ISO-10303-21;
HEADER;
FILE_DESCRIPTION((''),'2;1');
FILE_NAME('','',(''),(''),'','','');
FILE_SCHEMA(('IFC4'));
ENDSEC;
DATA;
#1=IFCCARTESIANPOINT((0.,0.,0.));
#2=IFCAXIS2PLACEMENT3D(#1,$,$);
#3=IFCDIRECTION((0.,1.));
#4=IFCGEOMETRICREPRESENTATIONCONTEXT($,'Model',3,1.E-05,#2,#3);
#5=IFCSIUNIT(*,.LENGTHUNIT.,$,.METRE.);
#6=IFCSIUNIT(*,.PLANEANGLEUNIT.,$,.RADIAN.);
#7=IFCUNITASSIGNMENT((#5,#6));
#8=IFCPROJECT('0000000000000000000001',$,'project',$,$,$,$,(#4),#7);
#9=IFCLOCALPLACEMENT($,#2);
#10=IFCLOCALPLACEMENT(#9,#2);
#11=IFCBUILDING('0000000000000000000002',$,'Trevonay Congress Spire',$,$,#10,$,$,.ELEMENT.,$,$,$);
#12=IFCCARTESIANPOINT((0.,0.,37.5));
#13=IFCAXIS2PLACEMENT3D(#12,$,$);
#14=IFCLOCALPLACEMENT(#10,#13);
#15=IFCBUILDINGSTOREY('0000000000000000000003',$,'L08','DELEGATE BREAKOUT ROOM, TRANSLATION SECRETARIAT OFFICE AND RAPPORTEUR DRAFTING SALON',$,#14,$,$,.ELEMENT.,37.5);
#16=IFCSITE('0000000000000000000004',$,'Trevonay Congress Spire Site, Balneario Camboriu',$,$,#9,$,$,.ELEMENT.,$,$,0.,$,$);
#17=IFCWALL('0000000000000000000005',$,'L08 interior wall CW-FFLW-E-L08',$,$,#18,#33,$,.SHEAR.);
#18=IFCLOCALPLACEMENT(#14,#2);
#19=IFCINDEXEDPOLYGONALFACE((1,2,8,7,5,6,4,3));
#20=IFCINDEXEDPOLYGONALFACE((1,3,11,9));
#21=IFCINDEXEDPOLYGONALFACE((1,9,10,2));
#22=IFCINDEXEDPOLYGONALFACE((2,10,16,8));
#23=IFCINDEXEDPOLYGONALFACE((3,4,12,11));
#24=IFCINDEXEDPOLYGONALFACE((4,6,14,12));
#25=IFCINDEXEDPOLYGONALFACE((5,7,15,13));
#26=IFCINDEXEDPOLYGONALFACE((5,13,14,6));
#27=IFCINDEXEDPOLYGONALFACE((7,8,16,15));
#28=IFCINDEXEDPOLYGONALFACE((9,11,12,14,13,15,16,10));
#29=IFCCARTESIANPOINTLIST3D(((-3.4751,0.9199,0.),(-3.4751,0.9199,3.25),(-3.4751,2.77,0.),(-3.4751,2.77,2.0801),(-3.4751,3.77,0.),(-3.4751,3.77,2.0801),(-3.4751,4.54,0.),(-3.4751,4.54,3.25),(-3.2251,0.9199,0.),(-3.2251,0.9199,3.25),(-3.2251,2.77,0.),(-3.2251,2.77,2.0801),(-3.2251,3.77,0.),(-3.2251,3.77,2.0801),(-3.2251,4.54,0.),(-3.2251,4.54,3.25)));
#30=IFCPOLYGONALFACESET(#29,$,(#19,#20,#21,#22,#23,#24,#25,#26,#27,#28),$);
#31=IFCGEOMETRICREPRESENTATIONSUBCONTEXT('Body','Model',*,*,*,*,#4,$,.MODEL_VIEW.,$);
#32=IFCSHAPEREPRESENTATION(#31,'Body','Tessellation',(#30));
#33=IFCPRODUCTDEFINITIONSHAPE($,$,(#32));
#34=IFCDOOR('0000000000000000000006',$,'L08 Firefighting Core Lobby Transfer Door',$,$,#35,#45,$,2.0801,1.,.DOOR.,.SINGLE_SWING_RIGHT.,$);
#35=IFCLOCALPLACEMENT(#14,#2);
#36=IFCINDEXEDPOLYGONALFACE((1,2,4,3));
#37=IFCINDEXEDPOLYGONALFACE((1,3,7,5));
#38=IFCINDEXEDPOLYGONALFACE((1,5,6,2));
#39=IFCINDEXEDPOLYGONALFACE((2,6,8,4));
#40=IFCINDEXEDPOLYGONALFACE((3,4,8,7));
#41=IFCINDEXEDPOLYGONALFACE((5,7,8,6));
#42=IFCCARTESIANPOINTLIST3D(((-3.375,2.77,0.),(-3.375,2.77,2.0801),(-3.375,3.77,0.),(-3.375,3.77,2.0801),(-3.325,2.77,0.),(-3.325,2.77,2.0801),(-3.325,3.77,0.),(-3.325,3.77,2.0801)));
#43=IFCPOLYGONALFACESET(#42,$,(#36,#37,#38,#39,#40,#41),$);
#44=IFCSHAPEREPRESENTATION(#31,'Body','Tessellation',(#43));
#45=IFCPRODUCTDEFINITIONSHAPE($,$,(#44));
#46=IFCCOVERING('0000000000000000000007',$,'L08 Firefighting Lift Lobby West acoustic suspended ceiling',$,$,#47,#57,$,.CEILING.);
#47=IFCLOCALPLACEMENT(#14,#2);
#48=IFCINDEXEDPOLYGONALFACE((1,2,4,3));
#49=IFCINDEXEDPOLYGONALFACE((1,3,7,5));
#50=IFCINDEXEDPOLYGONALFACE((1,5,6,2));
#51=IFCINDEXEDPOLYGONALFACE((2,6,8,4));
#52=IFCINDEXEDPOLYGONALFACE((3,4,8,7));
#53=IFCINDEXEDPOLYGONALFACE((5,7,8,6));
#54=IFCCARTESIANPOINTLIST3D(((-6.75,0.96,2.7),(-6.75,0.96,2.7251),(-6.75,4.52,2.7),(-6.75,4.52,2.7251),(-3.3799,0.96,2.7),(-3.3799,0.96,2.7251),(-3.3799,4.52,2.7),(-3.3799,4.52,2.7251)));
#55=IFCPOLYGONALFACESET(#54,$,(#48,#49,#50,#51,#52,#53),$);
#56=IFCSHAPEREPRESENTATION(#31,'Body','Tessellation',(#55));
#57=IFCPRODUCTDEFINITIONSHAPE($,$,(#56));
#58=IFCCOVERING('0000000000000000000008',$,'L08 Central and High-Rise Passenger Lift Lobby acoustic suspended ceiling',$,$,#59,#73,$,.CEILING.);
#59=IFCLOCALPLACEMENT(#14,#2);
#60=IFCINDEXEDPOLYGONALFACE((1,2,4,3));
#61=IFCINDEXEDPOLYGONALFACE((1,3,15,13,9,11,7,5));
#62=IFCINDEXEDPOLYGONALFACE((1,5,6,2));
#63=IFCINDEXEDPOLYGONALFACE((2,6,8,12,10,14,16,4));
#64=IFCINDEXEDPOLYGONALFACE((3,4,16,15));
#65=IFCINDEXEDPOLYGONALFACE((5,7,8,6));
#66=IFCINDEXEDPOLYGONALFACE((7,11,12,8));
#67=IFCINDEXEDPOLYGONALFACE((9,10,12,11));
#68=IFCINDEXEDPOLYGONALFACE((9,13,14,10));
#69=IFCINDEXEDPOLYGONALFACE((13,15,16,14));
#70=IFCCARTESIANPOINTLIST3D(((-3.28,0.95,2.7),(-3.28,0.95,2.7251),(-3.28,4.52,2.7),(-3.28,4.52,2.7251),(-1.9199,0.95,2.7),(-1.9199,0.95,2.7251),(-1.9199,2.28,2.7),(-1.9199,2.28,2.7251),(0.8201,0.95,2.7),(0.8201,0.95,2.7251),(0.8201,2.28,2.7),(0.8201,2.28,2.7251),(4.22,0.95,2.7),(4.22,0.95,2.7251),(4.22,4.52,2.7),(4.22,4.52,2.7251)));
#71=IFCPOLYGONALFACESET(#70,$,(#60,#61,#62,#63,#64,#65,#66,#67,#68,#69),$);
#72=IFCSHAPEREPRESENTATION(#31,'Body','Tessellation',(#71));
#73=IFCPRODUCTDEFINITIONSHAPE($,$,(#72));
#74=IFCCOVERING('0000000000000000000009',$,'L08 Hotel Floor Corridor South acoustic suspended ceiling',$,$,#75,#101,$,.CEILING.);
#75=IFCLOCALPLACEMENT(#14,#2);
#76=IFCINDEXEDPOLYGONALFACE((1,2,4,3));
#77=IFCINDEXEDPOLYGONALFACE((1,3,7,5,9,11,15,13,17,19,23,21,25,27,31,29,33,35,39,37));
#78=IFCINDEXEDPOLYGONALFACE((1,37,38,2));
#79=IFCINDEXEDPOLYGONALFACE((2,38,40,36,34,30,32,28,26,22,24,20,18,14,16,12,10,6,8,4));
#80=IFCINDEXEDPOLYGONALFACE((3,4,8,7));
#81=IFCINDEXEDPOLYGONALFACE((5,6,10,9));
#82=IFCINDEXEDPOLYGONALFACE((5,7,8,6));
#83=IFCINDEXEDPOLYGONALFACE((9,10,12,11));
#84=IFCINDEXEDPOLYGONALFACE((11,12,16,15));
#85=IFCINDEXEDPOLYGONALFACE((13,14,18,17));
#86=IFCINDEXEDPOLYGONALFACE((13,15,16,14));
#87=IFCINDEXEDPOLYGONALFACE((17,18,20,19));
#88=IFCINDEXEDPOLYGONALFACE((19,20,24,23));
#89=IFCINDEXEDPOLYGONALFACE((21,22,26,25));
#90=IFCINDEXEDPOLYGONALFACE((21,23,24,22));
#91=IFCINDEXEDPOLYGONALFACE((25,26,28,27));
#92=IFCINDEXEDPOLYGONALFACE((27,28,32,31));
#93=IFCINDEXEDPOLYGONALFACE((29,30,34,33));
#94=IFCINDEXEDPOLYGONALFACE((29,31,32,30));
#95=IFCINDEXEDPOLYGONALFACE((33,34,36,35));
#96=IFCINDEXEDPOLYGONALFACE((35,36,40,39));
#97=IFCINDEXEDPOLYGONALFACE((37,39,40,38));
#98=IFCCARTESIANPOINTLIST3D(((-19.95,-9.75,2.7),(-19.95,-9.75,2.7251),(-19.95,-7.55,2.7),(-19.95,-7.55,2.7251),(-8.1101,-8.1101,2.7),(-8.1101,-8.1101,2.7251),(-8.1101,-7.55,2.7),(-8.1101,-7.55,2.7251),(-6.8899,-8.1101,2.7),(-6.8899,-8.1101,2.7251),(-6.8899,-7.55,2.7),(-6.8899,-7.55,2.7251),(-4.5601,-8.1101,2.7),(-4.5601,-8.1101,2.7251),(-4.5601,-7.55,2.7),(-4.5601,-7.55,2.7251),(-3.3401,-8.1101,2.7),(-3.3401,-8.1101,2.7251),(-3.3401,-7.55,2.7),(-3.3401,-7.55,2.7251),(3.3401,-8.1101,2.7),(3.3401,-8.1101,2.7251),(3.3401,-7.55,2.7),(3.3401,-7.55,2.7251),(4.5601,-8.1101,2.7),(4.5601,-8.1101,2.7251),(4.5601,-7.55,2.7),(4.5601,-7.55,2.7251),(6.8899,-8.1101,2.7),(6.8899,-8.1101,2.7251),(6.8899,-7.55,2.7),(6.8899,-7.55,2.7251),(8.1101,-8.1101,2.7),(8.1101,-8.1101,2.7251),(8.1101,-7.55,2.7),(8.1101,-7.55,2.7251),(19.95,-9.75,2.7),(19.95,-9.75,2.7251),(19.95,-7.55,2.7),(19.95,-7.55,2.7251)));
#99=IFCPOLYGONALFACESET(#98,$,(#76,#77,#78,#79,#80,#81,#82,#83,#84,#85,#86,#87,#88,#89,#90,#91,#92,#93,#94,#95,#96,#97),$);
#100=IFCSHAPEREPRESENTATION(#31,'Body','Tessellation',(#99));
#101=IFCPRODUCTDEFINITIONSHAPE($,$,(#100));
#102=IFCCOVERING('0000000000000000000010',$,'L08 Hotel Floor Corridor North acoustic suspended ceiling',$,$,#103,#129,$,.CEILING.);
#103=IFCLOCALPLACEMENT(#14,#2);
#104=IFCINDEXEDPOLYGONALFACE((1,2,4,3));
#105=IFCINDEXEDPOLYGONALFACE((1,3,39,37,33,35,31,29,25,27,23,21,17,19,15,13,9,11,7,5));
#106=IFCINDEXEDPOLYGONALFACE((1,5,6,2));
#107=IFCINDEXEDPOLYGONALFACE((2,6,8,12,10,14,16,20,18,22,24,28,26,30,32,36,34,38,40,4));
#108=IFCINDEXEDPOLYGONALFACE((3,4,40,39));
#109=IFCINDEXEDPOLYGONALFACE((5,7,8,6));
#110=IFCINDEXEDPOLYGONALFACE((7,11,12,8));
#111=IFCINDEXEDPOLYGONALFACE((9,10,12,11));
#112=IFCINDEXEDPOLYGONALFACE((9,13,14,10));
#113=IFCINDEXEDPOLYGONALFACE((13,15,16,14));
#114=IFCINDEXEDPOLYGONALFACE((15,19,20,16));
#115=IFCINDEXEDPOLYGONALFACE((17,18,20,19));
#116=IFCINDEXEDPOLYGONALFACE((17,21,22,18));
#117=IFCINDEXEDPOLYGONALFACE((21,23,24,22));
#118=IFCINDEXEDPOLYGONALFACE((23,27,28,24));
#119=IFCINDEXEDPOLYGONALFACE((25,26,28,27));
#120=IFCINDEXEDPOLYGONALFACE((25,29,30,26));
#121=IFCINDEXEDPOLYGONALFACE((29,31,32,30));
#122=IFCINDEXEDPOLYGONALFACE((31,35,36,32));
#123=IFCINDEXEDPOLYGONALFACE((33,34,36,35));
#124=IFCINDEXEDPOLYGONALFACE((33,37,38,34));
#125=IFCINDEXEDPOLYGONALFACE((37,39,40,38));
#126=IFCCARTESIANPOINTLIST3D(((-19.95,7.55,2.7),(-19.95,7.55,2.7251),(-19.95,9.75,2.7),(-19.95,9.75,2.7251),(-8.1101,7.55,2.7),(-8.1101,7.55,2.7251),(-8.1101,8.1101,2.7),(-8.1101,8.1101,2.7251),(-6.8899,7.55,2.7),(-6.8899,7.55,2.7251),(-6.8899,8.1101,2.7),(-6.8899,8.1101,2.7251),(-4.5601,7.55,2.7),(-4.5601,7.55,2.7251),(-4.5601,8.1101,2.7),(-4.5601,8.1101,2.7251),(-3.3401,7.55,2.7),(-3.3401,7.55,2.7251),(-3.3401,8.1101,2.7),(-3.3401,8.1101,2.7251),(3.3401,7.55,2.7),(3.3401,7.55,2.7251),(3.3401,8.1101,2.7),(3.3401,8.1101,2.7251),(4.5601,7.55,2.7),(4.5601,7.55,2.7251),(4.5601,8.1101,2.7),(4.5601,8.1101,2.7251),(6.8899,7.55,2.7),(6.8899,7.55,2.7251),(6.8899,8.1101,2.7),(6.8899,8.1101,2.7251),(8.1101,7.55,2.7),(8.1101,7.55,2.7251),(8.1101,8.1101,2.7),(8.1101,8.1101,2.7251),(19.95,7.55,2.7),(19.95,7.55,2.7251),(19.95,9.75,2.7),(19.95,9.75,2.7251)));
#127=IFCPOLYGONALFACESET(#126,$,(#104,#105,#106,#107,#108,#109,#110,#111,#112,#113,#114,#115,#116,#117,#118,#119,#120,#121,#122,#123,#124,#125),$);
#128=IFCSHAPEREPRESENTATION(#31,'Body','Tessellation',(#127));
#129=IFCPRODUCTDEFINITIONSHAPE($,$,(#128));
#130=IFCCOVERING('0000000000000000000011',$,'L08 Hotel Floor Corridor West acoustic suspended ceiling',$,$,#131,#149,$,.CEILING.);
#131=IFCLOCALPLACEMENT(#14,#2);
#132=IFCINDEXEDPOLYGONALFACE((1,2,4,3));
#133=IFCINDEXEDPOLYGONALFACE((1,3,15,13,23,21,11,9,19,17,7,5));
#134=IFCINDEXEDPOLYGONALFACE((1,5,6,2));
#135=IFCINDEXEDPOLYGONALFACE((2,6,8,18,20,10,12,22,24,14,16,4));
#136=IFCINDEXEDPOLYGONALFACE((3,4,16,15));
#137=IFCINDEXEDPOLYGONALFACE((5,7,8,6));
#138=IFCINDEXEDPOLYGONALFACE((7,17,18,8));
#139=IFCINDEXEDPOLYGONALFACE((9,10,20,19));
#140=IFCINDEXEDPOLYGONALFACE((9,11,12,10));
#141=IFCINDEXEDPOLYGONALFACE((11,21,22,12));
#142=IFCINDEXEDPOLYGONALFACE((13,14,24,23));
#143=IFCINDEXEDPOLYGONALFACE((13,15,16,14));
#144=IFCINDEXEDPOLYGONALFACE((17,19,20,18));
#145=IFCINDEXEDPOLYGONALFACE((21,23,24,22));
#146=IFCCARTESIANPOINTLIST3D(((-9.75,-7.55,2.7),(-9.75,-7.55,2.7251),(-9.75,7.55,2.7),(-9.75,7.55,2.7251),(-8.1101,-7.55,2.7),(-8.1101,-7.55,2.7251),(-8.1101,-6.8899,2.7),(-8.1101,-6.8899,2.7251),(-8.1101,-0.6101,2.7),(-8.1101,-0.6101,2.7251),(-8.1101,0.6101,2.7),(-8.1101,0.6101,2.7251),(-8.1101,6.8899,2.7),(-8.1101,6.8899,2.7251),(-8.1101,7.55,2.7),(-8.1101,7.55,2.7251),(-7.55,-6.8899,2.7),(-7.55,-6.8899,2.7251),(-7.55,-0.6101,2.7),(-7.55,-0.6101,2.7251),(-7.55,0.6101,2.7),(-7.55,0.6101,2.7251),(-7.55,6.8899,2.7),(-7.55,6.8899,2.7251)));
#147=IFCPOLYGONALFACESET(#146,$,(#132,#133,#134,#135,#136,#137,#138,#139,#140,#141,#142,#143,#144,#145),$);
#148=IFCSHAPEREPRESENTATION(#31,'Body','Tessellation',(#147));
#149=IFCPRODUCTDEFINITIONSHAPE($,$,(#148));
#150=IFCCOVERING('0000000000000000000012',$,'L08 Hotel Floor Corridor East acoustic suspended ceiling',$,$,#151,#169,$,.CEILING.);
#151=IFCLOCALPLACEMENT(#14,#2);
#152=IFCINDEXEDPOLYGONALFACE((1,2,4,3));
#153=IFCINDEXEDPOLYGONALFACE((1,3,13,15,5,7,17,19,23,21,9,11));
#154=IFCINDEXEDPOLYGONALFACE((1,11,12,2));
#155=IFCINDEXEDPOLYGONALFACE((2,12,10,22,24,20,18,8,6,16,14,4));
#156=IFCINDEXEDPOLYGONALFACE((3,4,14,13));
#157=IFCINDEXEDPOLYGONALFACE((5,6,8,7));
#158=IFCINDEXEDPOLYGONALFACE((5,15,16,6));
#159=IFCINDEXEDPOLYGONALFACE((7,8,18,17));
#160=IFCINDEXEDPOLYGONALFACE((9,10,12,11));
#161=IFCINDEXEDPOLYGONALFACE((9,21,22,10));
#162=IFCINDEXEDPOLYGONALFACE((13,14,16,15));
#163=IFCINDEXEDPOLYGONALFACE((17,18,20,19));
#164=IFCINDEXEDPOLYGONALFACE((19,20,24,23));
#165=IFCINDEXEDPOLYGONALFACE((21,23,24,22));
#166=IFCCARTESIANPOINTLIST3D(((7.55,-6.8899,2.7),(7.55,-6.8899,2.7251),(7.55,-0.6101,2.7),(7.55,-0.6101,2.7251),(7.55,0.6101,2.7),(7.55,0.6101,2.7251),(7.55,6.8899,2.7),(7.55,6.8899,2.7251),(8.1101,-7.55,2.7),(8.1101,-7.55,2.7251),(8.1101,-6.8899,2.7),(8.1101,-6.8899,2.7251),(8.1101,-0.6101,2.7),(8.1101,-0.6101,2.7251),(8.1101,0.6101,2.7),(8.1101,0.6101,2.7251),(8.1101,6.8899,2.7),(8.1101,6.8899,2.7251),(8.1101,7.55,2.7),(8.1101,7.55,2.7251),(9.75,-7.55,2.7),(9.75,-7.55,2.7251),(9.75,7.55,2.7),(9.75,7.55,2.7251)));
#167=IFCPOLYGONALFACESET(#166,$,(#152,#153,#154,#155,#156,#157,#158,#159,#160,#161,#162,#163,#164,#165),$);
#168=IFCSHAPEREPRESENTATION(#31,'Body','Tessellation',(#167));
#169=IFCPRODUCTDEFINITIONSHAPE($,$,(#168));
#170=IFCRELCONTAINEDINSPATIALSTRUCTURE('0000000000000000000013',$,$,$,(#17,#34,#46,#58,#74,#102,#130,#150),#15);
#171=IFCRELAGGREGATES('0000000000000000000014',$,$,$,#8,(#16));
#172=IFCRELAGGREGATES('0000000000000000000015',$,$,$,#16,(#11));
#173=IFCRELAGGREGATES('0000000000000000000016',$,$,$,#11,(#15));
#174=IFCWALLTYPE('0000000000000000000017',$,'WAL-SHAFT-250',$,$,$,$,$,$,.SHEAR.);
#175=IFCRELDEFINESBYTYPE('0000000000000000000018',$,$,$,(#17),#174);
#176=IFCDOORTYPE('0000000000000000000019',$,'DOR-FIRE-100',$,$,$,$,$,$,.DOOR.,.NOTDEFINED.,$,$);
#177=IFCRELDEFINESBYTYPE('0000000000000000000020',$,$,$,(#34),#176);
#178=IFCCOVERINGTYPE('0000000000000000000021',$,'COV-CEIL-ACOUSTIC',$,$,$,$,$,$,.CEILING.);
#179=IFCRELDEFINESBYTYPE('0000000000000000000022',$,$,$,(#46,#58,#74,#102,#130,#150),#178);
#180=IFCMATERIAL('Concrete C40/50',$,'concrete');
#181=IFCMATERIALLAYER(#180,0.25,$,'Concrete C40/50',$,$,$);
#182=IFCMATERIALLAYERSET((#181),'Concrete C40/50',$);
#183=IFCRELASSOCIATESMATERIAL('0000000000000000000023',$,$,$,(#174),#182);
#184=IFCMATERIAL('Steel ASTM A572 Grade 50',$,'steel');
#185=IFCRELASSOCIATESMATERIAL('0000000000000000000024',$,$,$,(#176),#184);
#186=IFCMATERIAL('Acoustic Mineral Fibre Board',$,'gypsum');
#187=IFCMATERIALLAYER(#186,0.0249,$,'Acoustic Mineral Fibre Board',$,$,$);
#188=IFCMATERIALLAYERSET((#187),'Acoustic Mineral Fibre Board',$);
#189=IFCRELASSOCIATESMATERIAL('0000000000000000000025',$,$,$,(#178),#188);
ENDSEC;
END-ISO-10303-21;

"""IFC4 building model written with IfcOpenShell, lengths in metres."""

from ifc_helpers import new_model, si_unit, direction, frame, frame_2d, origin, place, context, subcontext, project, spatial, polyline, rectangle, outline, extrude, material, layer, layer_set, type_object, element, fill, save


model = new_model("IFC4")

# Units and contexts
model_context = context("Model", 3, precision=1e-05, world=origin(), true_north=direction((0.0, 1.0)))
body_context = subcontext(model_context, "Body", "Model", "MODEL_VIEW")
ifc_project = project(units=[si_unit("LENGTHUNIT", "METRE"), si_unit("PLANEANGLEUNIT", "RADIAN")], contexts=[model_context])

# Site, building, storey
site_placement = place(None, origin())
site = spatial("IfcSite", under=ifc_project, at=site_placement, Name="Trevonay Congress Spire Site, Balneario Camboriu", CompositionType="ELEMENT", RefElevation=0.0)
building_placement = place(site_placement, origin())
building = spatial("IfcBuilding", under=site, at=building_placement, Name="Trevonay Congress Spire", CompositionType="ELEMENT")
storey_placement = place(building_placement, frame((0.0, 0.0, 37.5)))
storey = spatial("IfcBuildingStorey", under=building, at=storey_placement, Name="L08", Description="DELEGATE BREAKOUT ROOM, TRANSLATION SECRETARIAT OFFICE AND RAPPORTEUR DRAFTING SALON", CompositionType="ELEMENT", Elevation=37.5)

# Shared definitions
ifc_material_1 = material(Name="Steel ASTM A572 Grade 50", Category="steel")

# Shared definitions
ifc_material_2 = material(Name="Concrete C40/50", Category="concrete")

# Shared definitions
ifc_layer_1 = layer(ifc_material_2, 0.25, Name="Concrete C40/50")
ifc_layer_set_1 = layer_set([ifc_layer_1], Name="Concrete C40/50")
wall_type_1 = type_object("IfcWallType", Name="WAL-SHAFT-250", PredefinedType="SHEAR", material=ifc_layer_set_1)

# Wall, opening, door
wall_1_placement = place(storey_placement, frame((-3.3501, 0.9199, 0.0), z_axis=(0.0, 0.0, 1.0), x_axis=(0.0, 1.0, 0.0)))
wall_1 = element("IfcWall", 1, at=wall_1_placement, inside=storey, type_object=wall_type_1, Name="L08 interior wall CW-FFLW-E-L08", PredefinedType="SHEAR", context=body_context, shape_type="SweptSolid", body=[
    extrude(rectangle(XDim=3.6201, YDim=0.25, at=frame_2d((1.8101, 0.0))), origin(), (0.0, 0.0, 1.0), 3.25),
])
opening_1_placement = place(wall_1_placement, frame((1.8501, 0.0, 0.0)))
opening_1 = element("IfcOpeningElement", 2, at=opening_1_placement, cuts=wall_1, PredefinedType="OPENING", context=body_context, shape_type="SweptSolid", body=[
    extrude(rectangle(XDim=1.0, YDim=2.0801, at=frame_2d((0.5, 1.04))), frame((0.0, 0.135, 0.0), z_axis=(0.0, -1.0, 0.0), x_axis=(1.0, 0.0, 0.0)), (0.0, 0.0, 1.0), 0.27),
])
door_type_1 = type_object("IfcDoorType", Name="DOR-FIRE-100", OperationType="NOTDEFINED", PredefinedType="DOOR", material=ifc_material_1)
door_1_placement = place(opening_1_placement, origin())
door_1 = element("IfcDoor", 3, at=door_1_placement, inside=storey, type_object=door_type_1, Name="L08 Firefighting Core Lobby Transfer Door", OperationType="SINGLE_SWING_RIGHT", OverallHeight=2.0801, OverallWidth=1.0, PredefinedType="DOOR", context=body_context, shape_type="SweptSolid", body=[
    extrude(rectangle(XDim=1.0, YDim=2.0801, at=frame_2d((0.5, 1.04))), frame((0.0, 0.0249, 0.0), z_axis=(0.0, -1.0, 0.0), x_axis=(1.0, 0.0, 0.0)), (0.0, 0.0, 1.0), 0.05),
])
fill(opening_1, door_1)

# Coverings
ifc_material_3 = material(Name="Acoustic Mineral Fibre Board", Category="gypsum")
ifc_layer_2 = layer(ifc_material_3, 0.0249, Name="Acoustic Mineral Fibre Board")
ifc_layer_set_2 = layer_set([ifc_layer_2], Name="Acoustic Mineral Fibre Board")
covering_type_1 = type_object("IfcCoveringType", Name="COV-CEIL-ACOUSTIC", PredefinedType="CEILING", material=ifc_layer_set_2)
covering_1_placement = place(storey_placement, frame((0.0, 0.0, 2.7)))
element("IfcCovering", 4, at=covering_1_placement, inside=storey, type_object=covering_type_1, Name="L08 Firefighting Lift Lobby West acoustic suspended ceiling", PredefinedType="CEILING", context=body_context, shape_type="SweptSolid", body=[
    extrude(outline(polyline([(-6.75, 0.96), (-3.3799, 0.96), (-3.3799, 4.52), (-6.75, 4.52), (-6.75, 0.96)])), origin(), (0.0, 0.0, 1.0), 0.0251),
])
covering_2_placement = place(storey_placement, frame((0.0, 0.0, 2.7)))
element("IfcCovering", 5, at=covering_2_placement, inside=storey, type_object=covering_type_1, Name="L08 Central and High-Rise Passenger Lift Lobby acoustic suspended ceiling", PredefinedType="CEILING", context=body_context, shape_type="SweptSolid", body=[
    extrude(outline(polyline([(-3.28, 0.95), (-1.9199, 0.95), (-1.9199, 2.28), (0.8201, 2.28), (0.8201, 0.95), (4.22, 0.95), (4.22, 4.52), (-3.28, 4.52), (-3.28, 0.95)])), origin(), (0.0, 0.0, 1.0), 0.0251),
])
covering_3_placement = place(storey_placement, frame((0.0, 0.0, 2.7)))
element("IfcCovering", 6, at=covering_3_placement, inside=storey, type_object=covering_type_1, Name="L08 Hotel Floor Corridor South acoustic suspended ceiling", PredefinedType="CEILING", context=body_context, shape_type="SweptSolid", body=[
    extrude(outline(polyline([(19.95, -7.55), (19.95, -9.75), (-19.95, -9.75), (-19.95, -7.55), (-8.1101, -7.55), (-8.1101, -8.1101), (-6.8899, -8.1101), (-6.8899, -7.55), (-4.5601, -7.55), (-4.5601, -8.1101), (-3.3401, -8.1101), (-3.3401, -7.55), (3.3401, -7.55), (3.3401, -8.1101), (4.5601, -8.1101), (4.5601, -7.55), (6.8899, -7.55), (6.8899, -8.1101), (8.1101, -8.1101), (8.1101, -7.55), (19.95, -7.55)])), origin(), (0.0, 0.0, 1.0), 0.0251),
])
covering_4_placement = place(storey_placement, frame((0.0, 0.0, 2.7)))
element("IfcCovering", 7, at=covering_4_placement, inside=storey, type_object=covering_type_1, Name="L08 Hotel Floor Corridor North acoustic suspended ceiling", PredefinedType="CEILING", context=body_context, shape_type="SweptSolid", body=[
    extrude(outline(polyline([(-19.95, 7.55), (-19.95, 9.75), (19.95, 9.75), (19.95, 7.55), (8.1101, 7.55), (8.1101, 8.1101), (6.8899, 8.1101), (6.8899, 7.55), (4.5601, 7.55), (4.5601, 8.1101), (3.3401, 8.1101), (3.3401, 7.55), (-3.3401, 7.55), (-3.3401, 8.1101), (-4.5601, 8.1101), (-4.5601, 7.55), (-6.8899, 7.55), (-6.8899, 8.1101), (-8.1101, 8.1101), (-8.1101, 7.55), (-19.95, 7.55)])), origin(), (0.0, 0.0, 1.0), 0.0251),
])
covering_5_placement = place(storey_placement, frame((0.0, 0.0, 2.7)))
element("IfcCovering", 8, at=covering_5_placement, inside=storey, type_object=covering_type_1, Name="L08 Hotel Floor Corridor West acoustic suspended ceiling", PredefinedType="CEILING", context=body_context, shape_type="SweptSolid", body=[
    extrude(outline(polyline([(-9.75, 7.55), (-8.1101, 7.55), (-8.1101, 6.8899), (-7.55, 6.8899), (-7.55, 0.6101), (-8.1101, 0.6101), (-8.1101, -0.6101), (-7.55, -0.6101), (-7.55, -6.8899), (-8.1101, -6.8899), (-8.1101, -7.55), (-9.75, -7.55), (-9.75, 7.55)])), origin(), (0.0, 0.0, 1.0), 0.0251),
])
covering_6_placement = place(storey_placement, frame((0.0, 0.0, 2.7)))
element("IfcCovering", 9, at=covering_6_placement, inside=storey, type_object=covering_type_1, Name="L08 Hotel Floor Corridor East acoustic suspended ceiling", PredefinedType="CEILING", context=body_context, shape_type="SweptSolid", body=[
    extrude(outline(polyline([(9.75, -7.55), (8.1101, -7.55), (8.1101, -6.8899), (7.55, -6.8899), (7.55, -0.6101), (8.1101, -0.6101), (8.1101, 0.6101), (7.55, 0.6101), (7.55, 6.8899), (8.1101, 6.8899), (8.1101, 7.55), (9.75, 7.55), (9.75, -7.55)])), origin(), (0.0, 0.0, 1.0), 0.0251),
])

save(model, "model.ifc")
